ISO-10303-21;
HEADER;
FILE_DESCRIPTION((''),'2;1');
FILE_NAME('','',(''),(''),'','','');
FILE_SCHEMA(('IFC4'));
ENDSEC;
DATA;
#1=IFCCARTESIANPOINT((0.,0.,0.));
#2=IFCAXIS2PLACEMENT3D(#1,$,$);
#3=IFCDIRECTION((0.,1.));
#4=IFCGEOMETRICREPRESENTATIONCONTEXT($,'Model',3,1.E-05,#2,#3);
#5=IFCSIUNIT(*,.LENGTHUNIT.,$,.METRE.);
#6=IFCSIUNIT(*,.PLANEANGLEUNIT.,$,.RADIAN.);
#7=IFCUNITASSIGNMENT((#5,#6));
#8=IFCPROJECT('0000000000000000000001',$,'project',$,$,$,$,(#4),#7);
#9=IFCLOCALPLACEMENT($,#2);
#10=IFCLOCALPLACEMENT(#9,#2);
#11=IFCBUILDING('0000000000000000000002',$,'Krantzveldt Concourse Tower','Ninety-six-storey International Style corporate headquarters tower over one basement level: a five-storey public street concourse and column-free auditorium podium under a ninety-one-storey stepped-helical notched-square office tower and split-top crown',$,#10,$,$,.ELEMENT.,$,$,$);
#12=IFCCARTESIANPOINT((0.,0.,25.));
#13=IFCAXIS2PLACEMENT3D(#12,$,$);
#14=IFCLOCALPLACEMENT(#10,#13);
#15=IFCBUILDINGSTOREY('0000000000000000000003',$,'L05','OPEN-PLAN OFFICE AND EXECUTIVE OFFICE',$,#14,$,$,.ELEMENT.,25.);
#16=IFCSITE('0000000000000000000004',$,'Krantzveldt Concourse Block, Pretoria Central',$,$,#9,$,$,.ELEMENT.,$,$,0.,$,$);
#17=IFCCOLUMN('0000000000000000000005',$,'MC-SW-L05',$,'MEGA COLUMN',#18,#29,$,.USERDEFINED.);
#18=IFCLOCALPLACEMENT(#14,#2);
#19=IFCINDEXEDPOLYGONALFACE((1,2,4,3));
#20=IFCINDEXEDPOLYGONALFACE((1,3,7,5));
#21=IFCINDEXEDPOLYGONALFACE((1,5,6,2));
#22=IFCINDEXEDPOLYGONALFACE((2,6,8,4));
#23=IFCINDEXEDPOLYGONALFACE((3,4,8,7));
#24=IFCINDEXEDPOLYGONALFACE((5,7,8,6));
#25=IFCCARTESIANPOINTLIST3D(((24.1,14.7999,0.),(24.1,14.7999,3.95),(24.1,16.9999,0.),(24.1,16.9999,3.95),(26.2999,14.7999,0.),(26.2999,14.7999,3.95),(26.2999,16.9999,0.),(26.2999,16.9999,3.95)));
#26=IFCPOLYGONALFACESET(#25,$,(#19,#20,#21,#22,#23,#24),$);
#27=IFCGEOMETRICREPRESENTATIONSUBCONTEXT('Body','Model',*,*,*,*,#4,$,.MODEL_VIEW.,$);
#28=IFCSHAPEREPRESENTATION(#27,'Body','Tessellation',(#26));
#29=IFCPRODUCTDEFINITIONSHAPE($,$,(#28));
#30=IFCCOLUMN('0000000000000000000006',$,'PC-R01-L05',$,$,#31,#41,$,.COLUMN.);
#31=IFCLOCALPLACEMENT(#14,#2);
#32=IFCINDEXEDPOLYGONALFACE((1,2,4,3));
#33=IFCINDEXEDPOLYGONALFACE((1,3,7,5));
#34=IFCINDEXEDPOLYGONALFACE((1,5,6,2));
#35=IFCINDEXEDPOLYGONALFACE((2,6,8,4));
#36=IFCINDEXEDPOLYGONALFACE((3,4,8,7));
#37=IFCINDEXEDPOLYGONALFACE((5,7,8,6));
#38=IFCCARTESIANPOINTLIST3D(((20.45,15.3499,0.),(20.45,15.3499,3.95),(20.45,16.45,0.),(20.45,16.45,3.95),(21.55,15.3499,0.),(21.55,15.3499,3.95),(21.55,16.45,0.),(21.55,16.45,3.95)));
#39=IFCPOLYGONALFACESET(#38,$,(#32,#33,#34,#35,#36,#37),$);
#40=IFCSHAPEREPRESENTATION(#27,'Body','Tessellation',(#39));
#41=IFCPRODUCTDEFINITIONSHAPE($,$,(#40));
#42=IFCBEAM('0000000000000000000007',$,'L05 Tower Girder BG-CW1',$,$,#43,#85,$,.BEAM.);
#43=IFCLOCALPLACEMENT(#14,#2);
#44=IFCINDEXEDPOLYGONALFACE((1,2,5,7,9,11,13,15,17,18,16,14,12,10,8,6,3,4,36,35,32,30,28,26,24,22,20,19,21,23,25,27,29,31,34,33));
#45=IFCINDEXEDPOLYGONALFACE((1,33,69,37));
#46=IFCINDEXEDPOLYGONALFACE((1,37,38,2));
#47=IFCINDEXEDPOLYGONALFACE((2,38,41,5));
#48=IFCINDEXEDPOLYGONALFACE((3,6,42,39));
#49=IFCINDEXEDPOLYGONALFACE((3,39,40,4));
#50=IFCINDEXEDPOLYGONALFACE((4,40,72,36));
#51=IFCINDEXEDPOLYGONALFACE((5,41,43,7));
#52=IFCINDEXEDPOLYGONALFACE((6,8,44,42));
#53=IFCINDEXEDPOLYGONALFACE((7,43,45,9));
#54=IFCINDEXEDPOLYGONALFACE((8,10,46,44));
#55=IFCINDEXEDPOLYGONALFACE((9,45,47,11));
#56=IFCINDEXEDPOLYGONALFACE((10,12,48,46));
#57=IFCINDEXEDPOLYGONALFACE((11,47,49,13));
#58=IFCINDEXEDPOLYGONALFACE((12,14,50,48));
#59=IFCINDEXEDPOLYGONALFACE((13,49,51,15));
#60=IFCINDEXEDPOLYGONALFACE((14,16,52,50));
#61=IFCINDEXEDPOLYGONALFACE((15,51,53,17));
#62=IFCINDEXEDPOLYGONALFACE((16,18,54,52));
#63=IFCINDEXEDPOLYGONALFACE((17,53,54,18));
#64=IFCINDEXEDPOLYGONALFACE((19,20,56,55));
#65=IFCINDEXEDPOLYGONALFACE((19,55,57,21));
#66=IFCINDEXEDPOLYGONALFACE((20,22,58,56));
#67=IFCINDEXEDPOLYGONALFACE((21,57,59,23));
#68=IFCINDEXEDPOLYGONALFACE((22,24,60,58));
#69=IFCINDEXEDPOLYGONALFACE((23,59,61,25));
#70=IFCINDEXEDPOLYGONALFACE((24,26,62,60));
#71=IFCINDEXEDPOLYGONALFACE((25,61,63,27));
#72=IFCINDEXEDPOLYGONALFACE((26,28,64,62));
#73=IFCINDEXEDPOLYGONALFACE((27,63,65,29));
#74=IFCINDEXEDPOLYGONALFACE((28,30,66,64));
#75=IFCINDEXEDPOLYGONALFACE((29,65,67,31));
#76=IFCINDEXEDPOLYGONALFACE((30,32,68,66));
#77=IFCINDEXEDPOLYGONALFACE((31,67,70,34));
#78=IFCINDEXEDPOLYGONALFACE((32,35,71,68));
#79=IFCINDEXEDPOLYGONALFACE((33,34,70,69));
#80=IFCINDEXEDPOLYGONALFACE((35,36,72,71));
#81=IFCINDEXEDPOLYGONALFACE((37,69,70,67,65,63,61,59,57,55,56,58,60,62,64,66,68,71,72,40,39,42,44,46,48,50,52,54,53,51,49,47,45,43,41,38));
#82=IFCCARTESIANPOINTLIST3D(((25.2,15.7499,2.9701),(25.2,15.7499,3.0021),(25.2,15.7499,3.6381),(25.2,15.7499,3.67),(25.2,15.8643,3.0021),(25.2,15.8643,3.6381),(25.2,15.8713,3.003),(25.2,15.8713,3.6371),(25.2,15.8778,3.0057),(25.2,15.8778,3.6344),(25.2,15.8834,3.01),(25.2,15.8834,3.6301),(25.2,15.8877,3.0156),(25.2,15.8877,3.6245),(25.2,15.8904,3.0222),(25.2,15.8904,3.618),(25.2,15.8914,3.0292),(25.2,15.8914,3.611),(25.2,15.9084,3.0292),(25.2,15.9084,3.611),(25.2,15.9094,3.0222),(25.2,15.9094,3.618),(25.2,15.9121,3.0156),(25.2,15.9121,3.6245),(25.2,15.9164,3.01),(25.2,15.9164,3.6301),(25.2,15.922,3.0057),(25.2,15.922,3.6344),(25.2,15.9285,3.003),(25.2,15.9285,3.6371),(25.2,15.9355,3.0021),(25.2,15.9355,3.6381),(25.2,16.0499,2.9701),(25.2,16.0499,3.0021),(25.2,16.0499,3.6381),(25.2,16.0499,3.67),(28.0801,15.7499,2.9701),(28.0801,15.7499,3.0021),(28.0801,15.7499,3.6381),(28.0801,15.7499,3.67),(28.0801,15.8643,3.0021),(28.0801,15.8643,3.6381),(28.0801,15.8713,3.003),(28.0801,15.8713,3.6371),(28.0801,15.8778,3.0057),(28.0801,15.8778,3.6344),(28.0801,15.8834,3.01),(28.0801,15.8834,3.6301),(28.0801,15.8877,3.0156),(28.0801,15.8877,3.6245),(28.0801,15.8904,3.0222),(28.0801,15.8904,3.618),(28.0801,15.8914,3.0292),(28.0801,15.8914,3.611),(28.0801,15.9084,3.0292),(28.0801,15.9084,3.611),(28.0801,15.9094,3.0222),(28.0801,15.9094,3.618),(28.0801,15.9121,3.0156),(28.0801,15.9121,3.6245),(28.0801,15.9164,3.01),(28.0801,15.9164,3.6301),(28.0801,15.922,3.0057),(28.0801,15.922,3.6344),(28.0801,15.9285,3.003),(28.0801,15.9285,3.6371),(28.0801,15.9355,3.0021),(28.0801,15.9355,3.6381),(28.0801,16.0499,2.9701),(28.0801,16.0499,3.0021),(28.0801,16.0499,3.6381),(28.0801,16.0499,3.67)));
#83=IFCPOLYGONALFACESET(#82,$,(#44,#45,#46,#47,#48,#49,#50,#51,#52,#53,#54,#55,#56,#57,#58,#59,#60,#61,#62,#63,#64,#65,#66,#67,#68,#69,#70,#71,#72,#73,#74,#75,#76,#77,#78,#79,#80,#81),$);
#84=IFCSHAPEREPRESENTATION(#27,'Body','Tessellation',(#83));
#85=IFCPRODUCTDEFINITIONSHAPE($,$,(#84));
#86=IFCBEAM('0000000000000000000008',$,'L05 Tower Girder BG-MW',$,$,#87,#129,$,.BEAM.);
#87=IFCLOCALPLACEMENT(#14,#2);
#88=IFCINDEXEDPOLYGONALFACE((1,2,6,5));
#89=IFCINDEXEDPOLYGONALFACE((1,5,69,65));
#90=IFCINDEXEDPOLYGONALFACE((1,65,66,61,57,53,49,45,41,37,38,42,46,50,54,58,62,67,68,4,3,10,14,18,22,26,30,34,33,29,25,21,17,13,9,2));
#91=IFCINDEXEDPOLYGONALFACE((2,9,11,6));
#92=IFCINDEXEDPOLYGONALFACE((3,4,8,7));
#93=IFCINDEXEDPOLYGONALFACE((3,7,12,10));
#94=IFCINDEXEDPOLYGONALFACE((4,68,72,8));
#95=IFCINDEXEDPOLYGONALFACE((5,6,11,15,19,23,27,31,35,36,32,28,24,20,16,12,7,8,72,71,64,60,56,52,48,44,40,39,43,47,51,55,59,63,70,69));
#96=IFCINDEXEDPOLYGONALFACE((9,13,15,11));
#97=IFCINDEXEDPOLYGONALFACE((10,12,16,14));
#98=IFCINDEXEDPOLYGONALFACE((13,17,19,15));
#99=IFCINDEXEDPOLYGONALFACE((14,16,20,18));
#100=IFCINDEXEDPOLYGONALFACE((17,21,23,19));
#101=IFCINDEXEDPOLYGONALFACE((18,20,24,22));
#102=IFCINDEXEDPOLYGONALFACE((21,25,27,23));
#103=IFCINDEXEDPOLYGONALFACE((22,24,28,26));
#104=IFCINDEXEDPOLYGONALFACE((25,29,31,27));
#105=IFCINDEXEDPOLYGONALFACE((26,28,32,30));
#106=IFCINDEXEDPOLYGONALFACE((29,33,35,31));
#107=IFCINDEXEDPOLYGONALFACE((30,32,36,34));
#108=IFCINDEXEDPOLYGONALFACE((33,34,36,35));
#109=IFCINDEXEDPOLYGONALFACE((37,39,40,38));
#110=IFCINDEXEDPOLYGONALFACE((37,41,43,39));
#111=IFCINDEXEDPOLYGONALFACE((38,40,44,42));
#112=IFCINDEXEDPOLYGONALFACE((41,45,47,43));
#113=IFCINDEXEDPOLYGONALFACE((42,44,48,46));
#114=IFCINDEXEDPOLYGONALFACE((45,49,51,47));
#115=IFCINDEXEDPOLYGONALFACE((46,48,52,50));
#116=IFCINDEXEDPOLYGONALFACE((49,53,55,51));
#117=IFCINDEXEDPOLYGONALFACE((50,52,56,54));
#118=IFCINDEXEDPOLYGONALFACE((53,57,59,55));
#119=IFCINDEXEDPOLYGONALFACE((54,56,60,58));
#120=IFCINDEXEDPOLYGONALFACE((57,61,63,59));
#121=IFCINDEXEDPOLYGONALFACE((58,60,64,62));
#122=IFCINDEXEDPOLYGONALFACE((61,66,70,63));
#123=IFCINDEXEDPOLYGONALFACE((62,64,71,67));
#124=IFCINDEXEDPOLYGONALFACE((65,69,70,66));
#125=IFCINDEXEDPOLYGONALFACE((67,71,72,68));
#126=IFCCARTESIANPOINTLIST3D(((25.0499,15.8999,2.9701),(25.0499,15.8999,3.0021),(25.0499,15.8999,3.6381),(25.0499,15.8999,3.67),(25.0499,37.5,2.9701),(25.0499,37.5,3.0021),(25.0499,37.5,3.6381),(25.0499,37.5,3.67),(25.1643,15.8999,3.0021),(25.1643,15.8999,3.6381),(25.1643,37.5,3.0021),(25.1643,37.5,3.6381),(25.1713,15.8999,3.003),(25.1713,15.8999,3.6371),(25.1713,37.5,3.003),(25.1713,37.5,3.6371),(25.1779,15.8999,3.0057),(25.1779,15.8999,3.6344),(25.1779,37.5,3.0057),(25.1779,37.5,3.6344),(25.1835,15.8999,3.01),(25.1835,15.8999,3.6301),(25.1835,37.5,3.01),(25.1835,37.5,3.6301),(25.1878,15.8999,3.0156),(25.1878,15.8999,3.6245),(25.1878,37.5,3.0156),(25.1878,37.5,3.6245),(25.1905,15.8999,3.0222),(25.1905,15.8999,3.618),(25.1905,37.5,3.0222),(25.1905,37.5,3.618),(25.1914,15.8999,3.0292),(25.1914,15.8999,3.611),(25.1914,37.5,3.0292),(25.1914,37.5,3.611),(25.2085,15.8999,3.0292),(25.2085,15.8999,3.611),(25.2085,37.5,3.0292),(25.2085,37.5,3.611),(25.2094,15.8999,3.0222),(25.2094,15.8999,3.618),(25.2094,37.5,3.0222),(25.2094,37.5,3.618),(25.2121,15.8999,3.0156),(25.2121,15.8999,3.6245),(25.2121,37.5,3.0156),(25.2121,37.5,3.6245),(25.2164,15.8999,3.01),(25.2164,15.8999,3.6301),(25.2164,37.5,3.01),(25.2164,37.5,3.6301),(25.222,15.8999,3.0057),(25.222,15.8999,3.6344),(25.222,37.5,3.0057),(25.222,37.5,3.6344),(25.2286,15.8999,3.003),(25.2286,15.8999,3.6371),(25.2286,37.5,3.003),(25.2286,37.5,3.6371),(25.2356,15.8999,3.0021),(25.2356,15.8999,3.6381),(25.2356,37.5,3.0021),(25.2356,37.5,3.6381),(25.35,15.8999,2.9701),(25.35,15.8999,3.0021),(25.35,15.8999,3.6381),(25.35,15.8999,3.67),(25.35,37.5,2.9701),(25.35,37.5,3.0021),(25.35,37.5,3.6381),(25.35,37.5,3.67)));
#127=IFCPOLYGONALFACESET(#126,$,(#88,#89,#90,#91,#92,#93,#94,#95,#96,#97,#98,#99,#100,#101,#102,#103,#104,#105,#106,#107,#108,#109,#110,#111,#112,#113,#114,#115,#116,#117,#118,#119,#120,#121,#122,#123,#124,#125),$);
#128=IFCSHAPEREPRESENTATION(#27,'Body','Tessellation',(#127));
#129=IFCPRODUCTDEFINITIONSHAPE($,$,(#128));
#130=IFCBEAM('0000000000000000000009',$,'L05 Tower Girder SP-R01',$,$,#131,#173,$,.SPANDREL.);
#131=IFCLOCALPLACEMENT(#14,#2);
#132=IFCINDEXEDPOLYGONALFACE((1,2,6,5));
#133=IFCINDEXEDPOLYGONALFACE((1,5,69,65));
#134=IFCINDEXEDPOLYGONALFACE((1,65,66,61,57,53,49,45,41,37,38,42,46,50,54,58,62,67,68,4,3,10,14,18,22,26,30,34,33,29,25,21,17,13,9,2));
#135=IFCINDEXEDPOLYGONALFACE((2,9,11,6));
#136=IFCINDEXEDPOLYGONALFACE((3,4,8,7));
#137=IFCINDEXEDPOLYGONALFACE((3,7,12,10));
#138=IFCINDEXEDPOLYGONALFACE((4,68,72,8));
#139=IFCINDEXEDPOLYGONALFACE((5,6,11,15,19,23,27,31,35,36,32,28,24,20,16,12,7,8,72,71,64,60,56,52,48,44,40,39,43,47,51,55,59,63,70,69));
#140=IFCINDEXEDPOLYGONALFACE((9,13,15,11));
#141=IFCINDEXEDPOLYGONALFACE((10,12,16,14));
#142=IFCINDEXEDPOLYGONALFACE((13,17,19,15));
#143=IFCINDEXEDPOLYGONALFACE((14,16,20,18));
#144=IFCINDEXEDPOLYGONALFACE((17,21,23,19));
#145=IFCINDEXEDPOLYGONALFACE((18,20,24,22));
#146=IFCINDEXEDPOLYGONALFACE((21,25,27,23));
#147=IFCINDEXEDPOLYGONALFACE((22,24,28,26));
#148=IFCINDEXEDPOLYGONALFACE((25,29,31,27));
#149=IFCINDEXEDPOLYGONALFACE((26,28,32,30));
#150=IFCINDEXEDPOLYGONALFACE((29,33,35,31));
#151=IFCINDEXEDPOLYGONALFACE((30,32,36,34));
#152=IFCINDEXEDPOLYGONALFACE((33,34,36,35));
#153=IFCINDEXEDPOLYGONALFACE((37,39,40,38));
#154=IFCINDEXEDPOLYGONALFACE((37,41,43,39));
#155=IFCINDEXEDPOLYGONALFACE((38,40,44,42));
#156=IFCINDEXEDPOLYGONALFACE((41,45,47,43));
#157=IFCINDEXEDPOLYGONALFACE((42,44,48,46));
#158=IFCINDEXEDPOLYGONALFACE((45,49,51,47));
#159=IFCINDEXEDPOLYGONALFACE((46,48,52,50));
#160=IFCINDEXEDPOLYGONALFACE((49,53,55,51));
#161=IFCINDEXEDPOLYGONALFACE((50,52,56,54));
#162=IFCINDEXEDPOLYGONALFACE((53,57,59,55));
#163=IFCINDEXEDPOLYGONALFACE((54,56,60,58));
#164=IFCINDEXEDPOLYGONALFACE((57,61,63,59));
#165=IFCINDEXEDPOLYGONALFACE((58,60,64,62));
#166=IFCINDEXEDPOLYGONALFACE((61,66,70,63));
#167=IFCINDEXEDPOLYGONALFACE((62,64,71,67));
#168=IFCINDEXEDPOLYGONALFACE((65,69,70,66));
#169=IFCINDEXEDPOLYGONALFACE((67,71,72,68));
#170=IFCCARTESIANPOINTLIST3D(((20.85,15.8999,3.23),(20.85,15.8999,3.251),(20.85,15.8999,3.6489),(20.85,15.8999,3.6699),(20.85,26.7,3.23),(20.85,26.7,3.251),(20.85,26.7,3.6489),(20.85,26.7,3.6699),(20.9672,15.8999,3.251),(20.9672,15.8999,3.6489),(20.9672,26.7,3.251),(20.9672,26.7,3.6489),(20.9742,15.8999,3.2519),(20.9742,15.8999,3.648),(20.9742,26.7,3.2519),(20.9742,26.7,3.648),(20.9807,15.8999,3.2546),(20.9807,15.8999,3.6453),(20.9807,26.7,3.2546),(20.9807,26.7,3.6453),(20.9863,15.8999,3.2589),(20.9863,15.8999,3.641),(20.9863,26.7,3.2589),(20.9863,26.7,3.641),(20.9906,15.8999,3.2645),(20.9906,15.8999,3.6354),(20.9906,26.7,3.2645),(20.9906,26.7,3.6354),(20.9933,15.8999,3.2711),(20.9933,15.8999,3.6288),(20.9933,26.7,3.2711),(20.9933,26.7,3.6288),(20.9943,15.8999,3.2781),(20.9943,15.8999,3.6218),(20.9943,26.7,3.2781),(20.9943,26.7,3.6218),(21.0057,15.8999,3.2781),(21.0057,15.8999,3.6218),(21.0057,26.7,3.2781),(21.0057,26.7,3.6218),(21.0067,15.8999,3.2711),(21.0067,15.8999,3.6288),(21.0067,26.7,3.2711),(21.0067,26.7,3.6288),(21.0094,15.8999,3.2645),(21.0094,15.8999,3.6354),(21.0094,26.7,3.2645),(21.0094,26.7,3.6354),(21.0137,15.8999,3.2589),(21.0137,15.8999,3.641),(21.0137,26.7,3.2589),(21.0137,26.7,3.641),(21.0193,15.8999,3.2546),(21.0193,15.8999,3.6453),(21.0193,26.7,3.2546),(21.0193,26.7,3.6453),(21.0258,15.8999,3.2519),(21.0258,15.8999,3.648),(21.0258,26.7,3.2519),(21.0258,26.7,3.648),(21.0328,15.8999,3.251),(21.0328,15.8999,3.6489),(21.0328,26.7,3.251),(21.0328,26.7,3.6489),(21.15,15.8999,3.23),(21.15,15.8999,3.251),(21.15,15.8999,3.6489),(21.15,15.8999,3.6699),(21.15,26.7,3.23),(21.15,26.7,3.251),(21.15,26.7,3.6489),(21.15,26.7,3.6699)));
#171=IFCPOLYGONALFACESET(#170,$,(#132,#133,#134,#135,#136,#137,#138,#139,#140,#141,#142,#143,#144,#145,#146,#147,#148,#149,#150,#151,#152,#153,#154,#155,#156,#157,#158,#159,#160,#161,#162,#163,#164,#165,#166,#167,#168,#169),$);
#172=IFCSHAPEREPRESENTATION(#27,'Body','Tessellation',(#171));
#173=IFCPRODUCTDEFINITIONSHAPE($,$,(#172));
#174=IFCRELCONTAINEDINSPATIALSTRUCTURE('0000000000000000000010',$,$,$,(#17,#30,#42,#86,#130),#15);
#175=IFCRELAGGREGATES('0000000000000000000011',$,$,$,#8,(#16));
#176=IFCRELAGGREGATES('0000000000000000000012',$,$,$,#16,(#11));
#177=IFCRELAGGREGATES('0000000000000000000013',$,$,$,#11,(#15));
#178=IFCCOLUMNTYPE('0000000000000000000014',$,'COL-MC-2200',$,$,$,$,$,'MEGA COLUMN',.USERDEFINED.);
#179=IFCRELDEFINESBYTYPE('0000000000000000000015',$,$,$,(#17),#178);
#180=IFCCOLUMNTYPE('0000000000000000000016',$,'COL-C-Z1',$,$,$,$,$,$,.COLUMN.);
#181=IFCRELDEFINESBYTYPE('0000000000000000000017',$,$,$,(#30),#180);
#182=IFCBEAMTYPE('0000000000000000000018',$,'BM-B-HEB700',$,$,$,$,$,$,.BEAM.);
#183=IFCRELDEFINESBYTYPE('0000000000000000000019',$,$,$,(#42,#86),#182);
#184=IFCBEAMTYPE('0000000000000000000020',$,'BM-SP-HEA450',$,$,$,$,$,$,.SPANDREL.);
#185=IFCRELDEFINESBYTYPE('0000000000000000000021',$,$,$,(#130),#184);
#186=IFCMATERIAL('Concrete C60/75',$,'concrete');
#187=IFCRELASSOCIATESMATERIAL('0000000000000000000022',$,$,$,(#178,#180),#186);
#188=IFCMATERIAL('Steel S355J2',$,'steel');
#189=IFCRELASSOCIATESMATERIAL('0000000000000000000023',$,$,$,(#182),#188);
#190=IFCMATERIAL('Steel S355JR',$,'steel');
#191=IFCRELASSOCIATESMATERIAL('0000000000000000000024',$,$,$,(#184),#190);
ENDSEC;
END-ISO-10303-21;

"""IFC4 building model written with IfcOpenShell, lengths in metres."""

from ifc_helpers import new_model, si_unit, direction, frame, origin, origin_2d, place, context, subcontext, project, spatial, rectangle, i_section, extrude, source, transform, mapped, material, material_profile, profile_set, type_object, type_shapes, element, save


model = new_model("IFC4")

# Units and contexts
model_context = context("Model", 3, precision=1e-05, world=origin(), true_north=direction((0.0, 1.0)))
body_context = subcontext(model_context, "Body", "Model", "MODEL_VIEW")
ifc_project = project(units=[si_unit("LENGTHUNIT", "METRE"), si_unit("PLANEANGLEUNIT", "RADIAN")], contexts=[model_context])

# Site, building, storey
site_placement = place(None, origin())
site = spatial("IfcSite", under=ifc_project, at=site_placement, Name="Krantzveldt Concourse Block, Pretoria Central", CompositionType="ELEMENT", RefElevation=0.0)
building_placement = place(site_placement, origin())
building = spatial("IfcBuilding", under=site, at=building_placement, Name="Krantzveldt Concourse Tower", Description="Ninety-six-storey International Style corporate headquarters tower over one basement level: a five-storey public street concourse and column-free auditorium podium under a ninety-one-storey stepped-helical notched-square office tower and split-top crown", CompositionType="ELEMENT")
storey_placement = place(building_placement, frame((0.0, 0.0, 25.0)))
storey = spatial("IfcBuildingStorey", under=building, at=storey_placement, Name="L05", Description="OPEN-PLAN OFFICE AND EXECUTIVE OFFICE", CompositionType="ELEMENT", Elevation=25.0)

# Columns
ifc_material_1 = material(Name="Concrete C60/75", Category="concrete")
ifc_material_profile_1 = material_profile(ifc_material_1, rectangle(XDim=2.2, YDim=2.2, at=origin_2d()), Name="Concrete C60/75", Category="concrete")
ifc_profile_set_1 = profile_set([ifc_material_profile_1], Name="Concrete C60/75 - RC 2200x2200")
column_type_1 = type_object("IfcColumnType", Name="COL-MC-2200", ElementType="MEGA COLUMN", PredefinedType="USERDEFINED", material=ifc_profile_set_1)
shared_shape_1 = source(origin(), body_context, "Body", "SweptSolid", [
    extrude(rectangle(XDim=2.2, YDim=2.2, at=origin_2d()), origin(), (0.0, 0.0, 1.0), 3.95),
])
type_shapes(column_type_1, [shared_shape_1])
column_1_placement = place(storey_placement, frame((25.2, 15.8999, 0.0), z_axis=(0.0, 0.0, 1.0), x_axis=(1.0, 0.0, 0.0)))
element("IfcColumn", 1, at=column_1_placement, inside=storey, type_object=column_type_1, Name="MC-SW-L05", ObjectType="MEGA COLUMN", PredefinedType="USERDEFINED", context=body_context, shape_type="MappedRepresentation", body=[
    mapped(shared_shape_1, transform((0.0, 0.0, 0.0), x_axis=(1.0, 0.0, 0.0), y_axis=(0.0, 1.0, 0.0), z_axis=(0.0, 0.0, 1.0), scale=1.0)),
])
ifc_material_profile_2 = material_profile(ifc_material_1, rectangle(XDim=1.1001, YDim=1.1001, at=origin_2d()), Name="Concrete C60/75", Category="concrete")
ifc_profile_set_2 = profile_set([ifc_material_profile_2], Name="Concrete C60/75 - RC 1100x1100")
column_type_2 = type_object("IfcColumnType", Name="COL-C-Z1", PredefinedType="COLUMN", material=ifc_profile_set_2)
shared_shape_2 = source(origin(), body_context, "Body", "SweptSolid", [
    extrude(rectangle(XDim=1.1001, YDim=1.1001, at=origin_2d()), origin(), (0.0, 0.0, 1.0), 3.95),
])
type_shapes(column_type_2, [shared_shape_2])
column_2_placement = place(storey_placement, frame((21.0, 15.8999, 0.0), z_axis=(0.0, 0.0, 1.0), x_axis=(1.0, 0.0, 0.0)))
element("IfcColumn", 2, at=column_2_placement, inside=storey, type_object=column_type_2, Name="PC-R01-L05", PredefinedType="COLUMN", context=body_context, shape_type="MappedRepresentation", body=[
    mapped(shared_shape_2, transform((0.0, 0.0, 0.0), x_axis=(1.0, 0.0, 0.0), y_axis=(0.0, 1.0, 0.0), z_axis=(0.0, 0.0, 1.0), scale=1.0)),
])

# Beams
ifc_material_2 = material(Name="Steel S355J2", Category="steel")
ifc_material_profile_3 = material_profile(ifc_material_2, i_section(OverallWidth=0.3, OverallDepth=0.7, WebThickness=0.0171, FlangeThickness=0.032, FilletRadius=0.0271, at=origin_2d()), Name="Steel S355J2", Category="steel")
ifc_profile_set_3 = profile_set([ifc_material_profile_3], Name="Steel S355J2 - HEB 700")
beam_type_1 = type_object("IfcBeamType", Name="BM-B-HEB700", PredefinedType="BEAM", material=ifc_profile_set_3)
shared_shape_3 = source(origin(), body_context, "Body", "SweptSolid", [
    extrude(i_section(OverallWidth=0.3, OverallDepth=0.7, WebThickness=0.0171, FlangeThickness=0.032, FilletRadius=0.0271, at=origin_2d()), origin(), (0.0, 0.0, 1.0), 2.8801),
])
beam_1_placement = place(storey_placement, frame((25.2, 15.8999, 3.3201), z_axis=(1.0, 0.0, 0.0), x_axis=(0.0, 1.0, 0.0)))
element("IfcBeam", 3, at=beam_1_placement, inside=storey, type_object=beam_type_1, Name="L05 Tower Girder BG-CW1", PredefinedType="BEAM", context=body_context, shape_type="MappedRepresentation", body=[
    mapped(shared_shape_3, transform((0.0, 0.0, 0.0), x_axis=(1.0, 0.0, 0.0), y_axis=(0.0, 1.0, 0.0), z_axis=(0.0, 0.0, 1.0), scale=1.0)),
])
shared_shape_4 = source(origin(), body_context, "Body", "SweptSolid", [
    extrude(i_section(OverallWidth=0.3, OverallDepth=0.7, WebThickness=0.0171, FlangeThickness=0.032, FilletRadius=0.0271, at=origin_2d()), origin(), (0.0, 0.0, 1.0), 21.6001),
])
type_shapes(beam_type_1, [shared_shape_3, shared_shape_4])
beam_2_placement = place(storey_placement, frame((25.2, 15.8999, 3.3201), z_axis=(0.0, 1.0, 0.0), x_axis=(-1.0, 0.0, 0.0)))
element("IfcBeam", 4, at=beam_2_placement, inside=storey, type_object=beam_type_1, Name="L05 Tower Girder BG-MW", PredefinedType="BEAM", context=body_context, shape_type="MappedRepresentation", body=[
    mapped(shared_shape_4, transform((0.0, 0.0, 0.0), x_axis=(1.0, 0.0, 0.0), y_axis=(0.0, 1.0, 0.0), z_axis=(0.0, 0.0, 1.0), scale=1.0)),
])
ifc_material_3 = material(Name="Steel S355JR", Category="steel")
ifc_material_profile_4 = material_profile(ifc_material_3, i_section(OverallWidth=0.3, OverallDepth=0.4399, WebThickness=0.0115, FlangeThickness=0.021, FilletRadius=0.0271, at=origin_2d()), Name="Steel S355JR", Category="steel")
ifc_profile_set_4 = profile_set([ifc_material_profile_4], Name="Steel S355JR - HEA 450")
beam_type_2 = type_object("IfcBeamType", Name="BM-SP-HEA450", PredefinedType="SPANDREL", material=ifc_profile_set_4)
shared_shape_5 = source(origin(), body_context, "Body", "SweptSolid", [
    extrude(i_section(OverallWidth=0.3, OverallDepth=0.4399, WebThickness=0.0115, FlangeThickness=0.021, FilletRadius=0.0271, at=origin_2d()), origin(), (0.0, 0.0, 1.0), 10.8),
])
type_shapes(beam_type_2, [shared_shape_5])
beam_3_placement = place(storey_placement, frame((21.0, 15.8999, 3.45), z_axis=(0.0, 1.0, 0.0), x_axis=(-1.0, 0.0, 0.0)))
element("IfcBeam", 5, at=beam_3_placement, inside=storey, type_object=beam_type_2, Name="L05 Tower Girder SP-R01", PredefinedType="SPANDREL", context=body_context, shape_type="MappedRepresentation", body=[
    mapped(shared_shape_5, transform((0.0, 0.0, 0.0), x_axis=(1.0, 0.0, 0.0), y_axis=(0.0, 1.0, 0.0), z_axis=(0.0, 0.0, 1.0), scale=1.0)),
])

save(model, "model.ifc")
